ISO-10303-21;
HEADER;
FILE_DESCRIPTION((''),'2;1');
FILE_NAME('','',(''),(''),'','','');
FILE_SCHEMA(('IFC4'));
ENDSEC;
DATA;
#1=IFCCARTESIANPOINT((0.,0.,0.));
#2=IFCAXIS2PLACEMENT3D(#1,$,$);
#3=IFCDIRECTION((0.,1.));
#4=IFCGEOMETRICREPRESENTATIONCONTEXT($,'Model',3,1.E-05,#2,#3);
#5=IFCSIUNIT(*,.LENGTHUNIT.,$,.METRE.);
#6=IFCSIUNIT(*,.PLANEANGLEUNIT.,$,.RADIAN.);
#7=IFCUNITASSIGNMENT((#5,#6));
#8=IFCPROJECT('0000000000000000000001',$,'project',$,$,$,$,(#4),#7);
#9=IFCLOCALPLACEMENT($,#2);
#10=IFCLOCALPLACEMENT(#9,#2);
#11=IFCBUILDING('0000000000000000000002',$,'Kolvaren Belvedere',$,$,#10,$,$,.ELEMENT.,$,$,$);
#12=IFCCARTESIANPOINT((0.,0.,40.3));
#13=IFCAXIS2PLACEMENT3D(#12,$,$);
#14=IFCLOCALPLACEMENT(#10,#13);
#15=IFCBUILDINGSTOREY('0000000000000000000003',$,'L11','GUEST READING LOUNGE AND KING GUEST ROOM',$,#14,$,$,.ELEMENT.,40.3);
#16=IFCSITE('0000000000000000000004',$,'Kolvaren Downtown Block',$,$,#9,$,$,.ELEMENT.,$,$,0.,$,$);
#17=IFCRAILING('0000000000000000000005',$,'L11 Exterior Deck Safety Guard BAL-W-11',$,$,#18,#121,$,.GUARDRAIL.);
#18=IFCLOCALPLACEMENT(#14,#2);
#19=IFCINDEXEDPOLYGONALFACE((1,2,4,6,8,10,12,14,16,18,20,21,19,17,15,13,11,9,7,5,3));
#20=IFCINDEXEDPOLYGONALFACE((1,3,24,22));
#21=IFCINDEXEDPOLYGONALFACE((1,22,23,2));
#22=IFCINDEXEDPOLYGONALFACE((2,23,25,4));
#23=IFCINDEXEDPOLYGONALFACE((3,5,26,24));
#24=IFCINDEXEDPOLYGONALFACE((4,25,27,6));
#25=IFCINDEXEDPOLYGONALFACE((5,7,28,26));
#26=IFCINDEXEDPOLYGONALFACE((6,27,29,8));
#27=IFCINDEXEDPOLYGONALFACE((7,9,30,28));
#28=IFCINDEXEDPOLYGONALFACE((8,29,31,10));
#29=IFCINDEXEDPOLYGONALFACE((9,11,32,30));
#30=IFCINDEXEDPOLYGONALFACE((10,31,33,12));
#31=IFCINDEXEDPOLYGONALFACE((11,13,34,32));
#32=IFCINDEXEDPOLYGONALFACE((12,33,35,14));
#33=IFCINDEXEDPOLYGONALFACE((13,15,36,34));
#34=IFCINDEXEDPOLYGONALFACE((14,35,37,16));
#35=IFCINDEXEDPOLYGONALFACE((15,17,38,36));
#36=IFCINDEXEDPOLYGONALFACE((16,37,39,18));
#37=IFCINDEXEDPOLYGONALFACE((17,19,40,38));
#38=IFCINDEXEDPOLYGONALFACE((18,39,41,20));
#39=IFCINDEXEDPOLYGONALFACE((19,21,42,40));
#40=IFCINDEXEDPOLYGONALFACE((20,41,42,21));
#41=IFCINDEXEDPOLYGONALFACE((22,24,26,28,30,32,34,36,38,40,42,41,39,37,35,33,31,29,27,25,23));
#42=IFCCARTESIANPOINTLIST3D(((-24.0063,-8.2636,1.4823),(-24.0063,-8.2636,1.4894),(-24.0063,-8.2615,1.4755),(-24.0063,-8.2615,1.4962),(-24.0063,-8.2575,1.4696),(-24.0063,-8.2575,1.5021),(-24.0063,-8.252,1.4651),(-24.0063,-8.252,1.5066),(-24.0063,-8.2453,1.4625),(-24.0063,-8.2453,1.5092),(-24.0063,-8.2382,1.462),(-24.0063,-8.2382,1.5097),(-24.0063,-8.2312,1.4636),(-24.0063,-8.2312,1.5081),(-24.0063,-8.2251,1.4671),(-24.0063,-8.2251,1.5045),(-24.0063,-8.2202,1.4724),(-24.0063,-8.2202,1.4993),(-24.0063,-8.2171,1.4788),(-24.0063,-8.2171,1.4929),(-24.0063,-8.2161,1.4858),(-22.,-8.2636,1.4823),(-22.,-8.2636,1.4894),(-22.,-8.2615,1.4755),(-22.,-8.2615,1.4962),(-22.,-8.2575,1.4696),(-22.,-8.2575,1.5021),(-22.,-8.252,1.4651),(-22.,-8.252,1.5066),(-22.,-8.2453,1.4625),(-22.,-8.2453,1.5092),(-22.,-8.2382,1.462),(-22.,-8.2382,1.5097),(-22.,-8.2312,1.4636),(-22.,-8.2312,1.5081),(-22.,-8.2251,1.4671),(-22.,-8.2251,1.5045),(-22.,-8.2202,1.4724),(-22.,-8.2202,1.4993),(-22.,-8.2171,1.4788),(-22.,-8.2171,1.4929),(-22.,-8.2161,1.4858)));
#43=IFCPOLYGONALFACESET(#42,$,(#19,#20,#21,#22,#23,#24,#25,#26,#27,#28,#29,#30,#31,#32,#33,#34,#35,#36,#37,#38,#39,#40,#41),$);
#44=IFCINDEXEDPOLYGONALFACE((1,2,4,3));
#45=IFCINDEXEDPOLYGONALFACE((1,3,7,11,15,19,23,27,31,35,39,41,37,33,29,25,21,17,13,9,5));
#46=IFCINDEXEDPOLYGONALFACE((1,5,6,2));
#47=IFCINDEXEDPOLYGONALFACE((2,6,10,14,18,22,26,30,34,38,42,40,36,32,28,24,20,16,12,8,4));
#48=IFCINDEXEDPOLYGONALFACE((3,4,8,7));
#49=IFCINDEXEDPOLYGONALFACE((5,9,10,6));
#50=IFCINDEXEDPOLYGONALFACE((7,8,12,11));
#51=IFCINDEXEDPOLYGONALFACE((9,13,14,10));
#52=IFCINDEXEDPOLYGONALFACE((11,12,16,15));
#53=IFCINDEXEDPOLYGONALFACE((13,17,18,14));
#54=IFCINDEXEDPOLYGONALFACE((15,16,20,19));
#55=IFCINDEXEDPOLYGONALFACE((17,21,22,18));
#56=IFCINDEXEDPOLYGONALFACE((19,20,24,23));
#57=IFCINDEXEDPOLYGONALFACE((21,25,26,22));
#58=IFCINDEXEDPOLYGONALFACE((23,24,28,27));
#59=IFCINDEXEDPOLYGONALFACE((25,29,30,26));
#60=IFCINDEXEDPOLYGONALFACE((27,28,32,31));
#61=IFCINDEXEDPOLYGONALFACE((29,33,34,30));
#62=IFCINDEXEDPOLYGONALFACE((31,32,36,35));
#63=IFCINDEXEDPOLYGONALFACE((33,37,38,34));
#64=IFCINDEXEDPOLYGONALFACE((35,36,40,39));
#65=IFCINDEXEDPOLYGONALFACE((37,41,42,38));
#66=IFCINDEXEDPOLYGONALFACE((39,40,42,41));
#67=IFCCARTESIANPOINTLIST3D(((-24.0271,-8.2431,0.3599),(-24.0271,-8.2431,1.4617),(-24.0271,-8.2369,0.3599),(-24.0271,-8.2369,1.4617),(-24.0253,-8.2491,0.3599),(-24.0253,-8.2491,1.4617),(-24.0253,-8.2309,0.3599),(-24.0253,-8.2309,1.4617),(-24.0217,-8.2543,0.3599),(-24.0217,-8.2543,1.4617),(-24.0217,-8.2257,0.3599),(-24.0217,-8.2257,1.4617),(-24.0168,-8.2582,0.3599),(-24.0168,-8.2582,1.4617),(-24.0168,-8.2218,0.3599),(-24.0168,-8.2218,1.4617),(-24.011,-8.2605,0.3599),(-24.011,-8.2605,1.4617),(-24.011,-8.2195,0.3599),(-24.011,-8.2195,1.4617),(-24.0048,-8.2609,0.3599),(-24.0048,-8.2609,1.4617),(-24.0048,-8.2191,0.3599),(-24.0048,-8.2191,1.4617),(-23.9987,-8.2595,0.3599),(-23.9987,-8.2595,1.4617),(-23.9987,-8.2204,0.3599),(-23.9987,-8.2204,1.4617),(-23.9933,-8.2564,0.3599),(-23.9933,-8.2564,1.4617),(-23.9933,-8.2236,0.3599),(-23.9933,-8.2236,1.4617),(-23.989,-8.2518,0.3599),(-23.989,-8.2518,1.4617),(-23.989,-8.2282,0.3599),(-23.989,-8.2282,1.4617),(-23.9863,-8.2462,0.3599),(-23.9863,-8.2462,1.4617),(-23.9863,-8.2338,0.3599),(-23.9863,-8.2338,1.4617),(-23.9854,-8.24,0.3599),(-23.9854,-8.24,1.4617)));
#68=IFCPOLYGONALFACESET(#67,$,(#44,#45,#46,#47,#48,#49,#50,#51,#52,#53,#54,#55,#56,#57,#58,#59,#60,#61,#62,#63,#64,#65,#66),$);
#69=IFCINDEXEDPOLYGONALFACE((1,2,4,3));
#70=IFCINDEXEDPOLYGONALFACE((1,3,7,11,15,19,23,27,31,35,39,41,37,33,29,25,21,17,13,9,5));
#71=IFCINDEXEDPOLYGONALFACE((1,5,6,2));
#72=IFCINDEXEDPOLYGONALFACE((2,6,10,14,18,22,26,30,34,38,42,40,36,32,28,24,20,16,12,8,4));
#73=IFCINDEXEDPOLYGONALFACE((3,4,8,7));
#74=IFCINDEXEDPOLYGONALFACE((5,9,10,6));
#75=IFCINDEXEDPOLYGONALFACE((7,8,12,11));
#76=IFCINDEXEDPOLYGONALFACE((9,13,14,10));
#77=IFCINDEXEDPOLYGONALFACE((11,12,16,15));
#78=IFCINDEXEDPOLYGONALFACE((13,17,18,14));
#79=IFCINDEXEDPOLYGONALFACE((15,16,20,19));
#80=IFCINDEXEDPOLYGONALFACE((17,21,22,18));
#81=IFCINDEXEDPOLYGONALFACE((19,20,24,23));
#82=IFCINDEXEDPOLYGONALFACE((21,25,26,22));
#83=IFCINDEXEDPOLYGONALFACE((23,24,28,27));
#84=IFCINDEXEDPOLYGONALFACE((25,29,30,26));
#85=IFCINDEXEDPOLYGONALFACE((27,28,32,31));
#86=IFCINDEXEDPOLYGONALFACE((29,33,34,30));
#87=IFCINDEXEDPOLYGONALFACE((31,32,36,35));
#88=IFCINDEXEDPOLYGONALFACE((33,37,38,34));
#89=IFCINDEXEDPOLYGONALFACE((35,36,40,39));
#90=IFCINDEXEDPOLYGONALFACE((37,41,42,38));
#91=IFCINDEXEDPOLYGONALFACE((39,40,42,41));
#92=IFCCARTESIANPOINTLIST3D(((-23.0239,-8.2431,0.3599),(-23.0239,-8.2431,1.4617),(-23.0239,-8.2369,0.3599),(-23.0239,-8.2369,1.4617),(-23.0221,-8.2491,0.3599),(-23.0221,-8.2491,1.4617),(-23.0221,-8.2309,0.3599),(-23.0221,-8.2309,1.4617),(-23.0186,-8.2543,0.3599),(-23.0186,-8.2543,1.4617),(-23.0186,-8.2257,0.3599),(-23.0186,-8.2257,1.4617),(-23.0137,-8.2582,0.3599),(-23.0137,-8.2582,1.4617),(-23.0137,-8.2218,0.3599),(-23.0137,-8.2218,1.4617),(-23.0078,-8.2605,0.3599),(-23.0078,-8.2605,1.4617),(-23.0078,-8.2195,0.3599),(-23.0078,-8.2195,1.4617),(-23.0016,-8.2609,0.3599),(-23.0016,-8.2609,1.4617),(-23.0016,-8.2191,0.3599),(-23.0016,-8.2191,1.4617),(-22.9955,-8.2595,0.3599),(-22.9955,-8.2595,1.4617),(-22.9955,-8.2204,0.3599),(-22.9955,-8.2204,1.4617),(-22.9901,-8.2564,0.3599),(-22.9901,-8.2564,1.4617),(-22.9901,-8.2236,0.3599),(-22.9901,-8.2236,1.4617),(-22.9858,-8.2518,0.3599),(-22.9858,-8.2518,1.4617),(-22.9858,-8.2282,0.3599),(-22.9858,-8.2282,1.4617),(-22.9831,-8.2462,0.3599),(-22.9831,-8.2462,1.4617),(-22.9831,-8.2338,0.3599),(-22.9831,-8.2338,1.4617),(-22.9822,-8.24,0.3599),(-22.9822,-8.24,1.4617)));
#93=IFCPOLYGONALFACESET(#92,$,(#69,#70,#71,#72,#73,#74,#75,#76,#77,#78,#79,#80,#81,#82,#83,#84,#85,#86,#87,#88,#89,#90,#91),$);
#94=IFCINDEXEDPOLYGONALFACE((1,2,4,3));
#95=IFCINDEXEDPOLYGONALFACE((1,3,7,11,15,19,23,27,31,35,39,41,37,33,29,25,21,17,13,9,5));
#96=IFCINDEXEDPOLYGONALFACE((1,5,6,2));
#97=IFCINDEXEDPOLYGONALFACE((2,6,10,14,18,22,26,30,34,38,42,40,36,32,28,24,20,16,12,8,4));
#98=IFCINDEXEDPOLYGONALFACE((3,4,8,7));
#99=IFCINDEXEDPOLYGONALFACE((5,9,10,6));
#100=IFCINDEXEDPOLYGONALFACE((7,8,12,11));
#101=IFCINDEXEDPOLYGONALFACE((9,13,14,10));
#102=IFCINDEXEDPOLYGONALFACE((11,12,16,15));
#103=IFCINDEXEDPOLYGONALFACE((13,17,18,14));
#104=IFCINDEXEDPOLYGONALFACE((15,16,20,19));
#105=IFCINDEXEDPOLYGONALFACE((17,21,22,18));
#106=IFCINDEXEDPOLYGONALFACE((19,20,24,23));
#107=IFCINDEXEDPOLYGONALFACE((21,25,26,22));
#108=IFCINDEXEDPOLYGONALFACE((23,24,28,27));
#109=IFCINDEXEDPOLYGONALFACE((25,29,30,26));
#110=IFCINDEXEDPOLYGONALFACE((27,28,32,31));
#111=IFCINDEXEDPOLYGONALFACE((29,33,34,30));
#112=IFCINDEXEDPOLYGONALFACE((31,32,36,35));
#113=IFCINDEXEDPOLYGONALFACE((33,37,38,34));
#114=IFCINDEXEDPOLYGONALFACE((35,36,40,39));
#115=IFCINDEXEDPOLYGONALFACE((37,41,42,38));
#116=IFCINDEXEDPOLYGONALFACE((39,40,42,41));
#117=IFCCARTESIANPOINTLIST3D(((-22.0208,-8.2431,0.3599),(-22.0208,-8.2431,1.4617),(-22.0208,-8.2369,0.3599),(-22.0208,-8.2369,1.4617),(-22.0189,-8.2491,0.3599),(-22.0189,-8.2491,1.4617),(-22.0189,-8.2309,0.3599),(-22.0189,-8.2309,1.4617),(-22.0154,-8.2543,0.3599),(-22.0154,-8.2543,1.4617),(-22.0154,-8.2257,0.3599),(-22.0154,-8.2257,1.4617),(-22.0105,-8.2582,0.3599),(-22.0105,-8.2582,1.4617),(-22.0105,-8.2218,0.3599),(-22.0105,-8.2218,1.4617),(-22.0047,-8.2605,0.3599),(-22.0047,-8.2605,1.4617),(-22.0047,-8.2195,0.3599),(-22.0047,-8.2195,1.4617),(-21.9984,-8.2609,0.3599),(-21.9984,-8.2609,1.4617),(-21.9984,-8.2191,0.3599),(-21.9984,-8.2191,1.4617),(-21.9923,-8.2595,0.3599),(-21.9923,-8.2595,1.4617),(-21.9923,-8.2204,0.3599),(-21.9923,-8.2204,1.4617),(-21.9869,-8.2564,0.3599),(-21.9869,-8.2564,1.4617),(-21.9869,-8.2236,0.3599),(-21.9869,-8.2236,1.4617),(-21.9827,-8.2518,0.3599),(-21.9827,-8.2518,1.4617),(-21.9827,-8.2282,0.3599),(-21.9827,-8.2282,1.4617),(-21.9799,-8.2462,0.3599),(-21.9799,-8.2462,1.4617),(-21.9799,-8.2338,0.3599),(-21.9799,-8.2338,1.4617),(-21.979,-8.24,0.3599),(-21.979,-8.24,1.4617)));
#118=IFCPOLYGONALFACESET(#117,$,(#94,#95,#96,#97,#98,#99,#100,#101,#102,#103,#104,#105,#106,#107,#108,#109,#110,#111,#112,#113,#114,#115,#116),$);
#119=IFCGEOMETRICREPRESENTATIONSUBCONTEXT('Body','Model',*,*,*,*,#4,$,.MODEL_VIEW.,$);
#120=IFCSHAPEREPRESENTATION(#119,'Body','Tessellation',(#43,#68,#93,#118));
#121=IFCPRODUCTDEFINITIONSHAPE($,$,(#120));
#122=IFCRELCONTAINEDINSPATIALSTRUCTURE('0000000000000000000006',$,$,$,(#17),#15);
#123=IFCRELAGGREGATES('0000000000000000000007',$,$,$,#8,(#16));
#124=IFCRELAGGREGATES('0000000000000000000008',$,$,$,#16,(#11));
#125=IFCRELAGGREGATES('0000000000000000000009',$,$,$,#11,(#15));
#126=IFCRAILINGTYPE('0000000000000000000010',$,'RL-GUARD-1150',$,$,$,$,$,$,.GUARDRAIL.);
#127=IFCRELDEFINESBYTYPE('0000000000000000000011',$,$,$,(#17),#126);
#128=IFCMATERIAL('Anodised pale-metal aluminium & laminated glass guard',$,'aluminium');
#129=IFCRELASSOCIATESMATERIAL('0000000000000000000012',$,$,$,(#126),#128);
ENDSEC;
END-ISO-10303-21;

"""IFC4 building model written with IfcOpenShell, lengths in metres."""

from ifc_helpers import new_model, si_unit, direction, frame, origin, origin_2d, place, context, subcontext, project, spatial, circle, extrude, material, type_object, element, save


model = new_model("IFC4")

# Units and contexts
model_context = context("Model", 3, precision=1e-05, world=origin(), true_north=direction((0.0, 1.0)))
body_context = subcontext(model_context, "Body", "Model", "MODEL_VIEW")
ifc_project = project(units=[si_unit("LENGTHUNIT", "METRE"), si_unit("PLANEANGLEUNIT", "RADIAN")], contexts=[model_context])

# Site, building, storey
site_placement = place(None, origin())
site = spatial("IfcSite", under=ifc_project, at=site_placement, Name="Kolvaren Downtown Block", CompositionType="ELEMENT", RefElevation=0.0)
building_placement = place(site_placement, origin())
building = spatial("IfcBuilding", under=site, at=building_placement, Name="Kolvaren Belvedere", CompositionType="ELEMENT")
storey_placement = place(building_placement, frame((0.0, 0.0, 40.3)))
storey = spatial("IfcBuildingStorey", under=building, at=storey_placement, Name="L11", Description="GUEST READING LOUNGE AND KING GUEST ROOM", CompositionType="ELEMENT", Elevation=40.3)

# Railing
ifc_material_1 = material(Name="Anodised pale-metal aluminium & laminated glass guard", Category="aluminium")
railing_type = type_object("IfcRailingType", Name="RL-GUARD-1150", PredefinedType="GUARDRAIL", material=ifc_material_1)
railing_placement = place(storey_placement, frame((-24.0063, -8.24, 0.3599)))
element("IfcRailing", 1, at=railing_placement, inside=storey, type_object=railing_type, Name="L11 Exterior Deck Safety Guard BAL-W-11", PredefinedType="GUARDRAIL", context=body_context, shape_type="SweptSolid", body=[
    extrude(circle(Radius=0.0239, at=origin_2d()), frame((0.0, 0.0, 1.126), z_axis=(1.0, 0.0, 0.0), x_axis=(0.0, 1.0, 0.0)), (0.0, 0.0, 1.0), 2.0063),
    extrude(circle(Radius=0.021, at=origin_2d()), origin(), (0.0, 0.0, 1.0), 1.1018),
    extrude(circle(Radius=0.021, at=origin_2d()), frame((1.0032, 0.0, 0.0)), (0.0, 0.0, 1.0), 1.1018),
    extrude(circle(Radius=0.021, at=origin_2d()), frame((2.0063, 0.0, 0.0)), (0.0, 0.0, 1.0), 1.1018),
])

save(model, "model.ifc")
